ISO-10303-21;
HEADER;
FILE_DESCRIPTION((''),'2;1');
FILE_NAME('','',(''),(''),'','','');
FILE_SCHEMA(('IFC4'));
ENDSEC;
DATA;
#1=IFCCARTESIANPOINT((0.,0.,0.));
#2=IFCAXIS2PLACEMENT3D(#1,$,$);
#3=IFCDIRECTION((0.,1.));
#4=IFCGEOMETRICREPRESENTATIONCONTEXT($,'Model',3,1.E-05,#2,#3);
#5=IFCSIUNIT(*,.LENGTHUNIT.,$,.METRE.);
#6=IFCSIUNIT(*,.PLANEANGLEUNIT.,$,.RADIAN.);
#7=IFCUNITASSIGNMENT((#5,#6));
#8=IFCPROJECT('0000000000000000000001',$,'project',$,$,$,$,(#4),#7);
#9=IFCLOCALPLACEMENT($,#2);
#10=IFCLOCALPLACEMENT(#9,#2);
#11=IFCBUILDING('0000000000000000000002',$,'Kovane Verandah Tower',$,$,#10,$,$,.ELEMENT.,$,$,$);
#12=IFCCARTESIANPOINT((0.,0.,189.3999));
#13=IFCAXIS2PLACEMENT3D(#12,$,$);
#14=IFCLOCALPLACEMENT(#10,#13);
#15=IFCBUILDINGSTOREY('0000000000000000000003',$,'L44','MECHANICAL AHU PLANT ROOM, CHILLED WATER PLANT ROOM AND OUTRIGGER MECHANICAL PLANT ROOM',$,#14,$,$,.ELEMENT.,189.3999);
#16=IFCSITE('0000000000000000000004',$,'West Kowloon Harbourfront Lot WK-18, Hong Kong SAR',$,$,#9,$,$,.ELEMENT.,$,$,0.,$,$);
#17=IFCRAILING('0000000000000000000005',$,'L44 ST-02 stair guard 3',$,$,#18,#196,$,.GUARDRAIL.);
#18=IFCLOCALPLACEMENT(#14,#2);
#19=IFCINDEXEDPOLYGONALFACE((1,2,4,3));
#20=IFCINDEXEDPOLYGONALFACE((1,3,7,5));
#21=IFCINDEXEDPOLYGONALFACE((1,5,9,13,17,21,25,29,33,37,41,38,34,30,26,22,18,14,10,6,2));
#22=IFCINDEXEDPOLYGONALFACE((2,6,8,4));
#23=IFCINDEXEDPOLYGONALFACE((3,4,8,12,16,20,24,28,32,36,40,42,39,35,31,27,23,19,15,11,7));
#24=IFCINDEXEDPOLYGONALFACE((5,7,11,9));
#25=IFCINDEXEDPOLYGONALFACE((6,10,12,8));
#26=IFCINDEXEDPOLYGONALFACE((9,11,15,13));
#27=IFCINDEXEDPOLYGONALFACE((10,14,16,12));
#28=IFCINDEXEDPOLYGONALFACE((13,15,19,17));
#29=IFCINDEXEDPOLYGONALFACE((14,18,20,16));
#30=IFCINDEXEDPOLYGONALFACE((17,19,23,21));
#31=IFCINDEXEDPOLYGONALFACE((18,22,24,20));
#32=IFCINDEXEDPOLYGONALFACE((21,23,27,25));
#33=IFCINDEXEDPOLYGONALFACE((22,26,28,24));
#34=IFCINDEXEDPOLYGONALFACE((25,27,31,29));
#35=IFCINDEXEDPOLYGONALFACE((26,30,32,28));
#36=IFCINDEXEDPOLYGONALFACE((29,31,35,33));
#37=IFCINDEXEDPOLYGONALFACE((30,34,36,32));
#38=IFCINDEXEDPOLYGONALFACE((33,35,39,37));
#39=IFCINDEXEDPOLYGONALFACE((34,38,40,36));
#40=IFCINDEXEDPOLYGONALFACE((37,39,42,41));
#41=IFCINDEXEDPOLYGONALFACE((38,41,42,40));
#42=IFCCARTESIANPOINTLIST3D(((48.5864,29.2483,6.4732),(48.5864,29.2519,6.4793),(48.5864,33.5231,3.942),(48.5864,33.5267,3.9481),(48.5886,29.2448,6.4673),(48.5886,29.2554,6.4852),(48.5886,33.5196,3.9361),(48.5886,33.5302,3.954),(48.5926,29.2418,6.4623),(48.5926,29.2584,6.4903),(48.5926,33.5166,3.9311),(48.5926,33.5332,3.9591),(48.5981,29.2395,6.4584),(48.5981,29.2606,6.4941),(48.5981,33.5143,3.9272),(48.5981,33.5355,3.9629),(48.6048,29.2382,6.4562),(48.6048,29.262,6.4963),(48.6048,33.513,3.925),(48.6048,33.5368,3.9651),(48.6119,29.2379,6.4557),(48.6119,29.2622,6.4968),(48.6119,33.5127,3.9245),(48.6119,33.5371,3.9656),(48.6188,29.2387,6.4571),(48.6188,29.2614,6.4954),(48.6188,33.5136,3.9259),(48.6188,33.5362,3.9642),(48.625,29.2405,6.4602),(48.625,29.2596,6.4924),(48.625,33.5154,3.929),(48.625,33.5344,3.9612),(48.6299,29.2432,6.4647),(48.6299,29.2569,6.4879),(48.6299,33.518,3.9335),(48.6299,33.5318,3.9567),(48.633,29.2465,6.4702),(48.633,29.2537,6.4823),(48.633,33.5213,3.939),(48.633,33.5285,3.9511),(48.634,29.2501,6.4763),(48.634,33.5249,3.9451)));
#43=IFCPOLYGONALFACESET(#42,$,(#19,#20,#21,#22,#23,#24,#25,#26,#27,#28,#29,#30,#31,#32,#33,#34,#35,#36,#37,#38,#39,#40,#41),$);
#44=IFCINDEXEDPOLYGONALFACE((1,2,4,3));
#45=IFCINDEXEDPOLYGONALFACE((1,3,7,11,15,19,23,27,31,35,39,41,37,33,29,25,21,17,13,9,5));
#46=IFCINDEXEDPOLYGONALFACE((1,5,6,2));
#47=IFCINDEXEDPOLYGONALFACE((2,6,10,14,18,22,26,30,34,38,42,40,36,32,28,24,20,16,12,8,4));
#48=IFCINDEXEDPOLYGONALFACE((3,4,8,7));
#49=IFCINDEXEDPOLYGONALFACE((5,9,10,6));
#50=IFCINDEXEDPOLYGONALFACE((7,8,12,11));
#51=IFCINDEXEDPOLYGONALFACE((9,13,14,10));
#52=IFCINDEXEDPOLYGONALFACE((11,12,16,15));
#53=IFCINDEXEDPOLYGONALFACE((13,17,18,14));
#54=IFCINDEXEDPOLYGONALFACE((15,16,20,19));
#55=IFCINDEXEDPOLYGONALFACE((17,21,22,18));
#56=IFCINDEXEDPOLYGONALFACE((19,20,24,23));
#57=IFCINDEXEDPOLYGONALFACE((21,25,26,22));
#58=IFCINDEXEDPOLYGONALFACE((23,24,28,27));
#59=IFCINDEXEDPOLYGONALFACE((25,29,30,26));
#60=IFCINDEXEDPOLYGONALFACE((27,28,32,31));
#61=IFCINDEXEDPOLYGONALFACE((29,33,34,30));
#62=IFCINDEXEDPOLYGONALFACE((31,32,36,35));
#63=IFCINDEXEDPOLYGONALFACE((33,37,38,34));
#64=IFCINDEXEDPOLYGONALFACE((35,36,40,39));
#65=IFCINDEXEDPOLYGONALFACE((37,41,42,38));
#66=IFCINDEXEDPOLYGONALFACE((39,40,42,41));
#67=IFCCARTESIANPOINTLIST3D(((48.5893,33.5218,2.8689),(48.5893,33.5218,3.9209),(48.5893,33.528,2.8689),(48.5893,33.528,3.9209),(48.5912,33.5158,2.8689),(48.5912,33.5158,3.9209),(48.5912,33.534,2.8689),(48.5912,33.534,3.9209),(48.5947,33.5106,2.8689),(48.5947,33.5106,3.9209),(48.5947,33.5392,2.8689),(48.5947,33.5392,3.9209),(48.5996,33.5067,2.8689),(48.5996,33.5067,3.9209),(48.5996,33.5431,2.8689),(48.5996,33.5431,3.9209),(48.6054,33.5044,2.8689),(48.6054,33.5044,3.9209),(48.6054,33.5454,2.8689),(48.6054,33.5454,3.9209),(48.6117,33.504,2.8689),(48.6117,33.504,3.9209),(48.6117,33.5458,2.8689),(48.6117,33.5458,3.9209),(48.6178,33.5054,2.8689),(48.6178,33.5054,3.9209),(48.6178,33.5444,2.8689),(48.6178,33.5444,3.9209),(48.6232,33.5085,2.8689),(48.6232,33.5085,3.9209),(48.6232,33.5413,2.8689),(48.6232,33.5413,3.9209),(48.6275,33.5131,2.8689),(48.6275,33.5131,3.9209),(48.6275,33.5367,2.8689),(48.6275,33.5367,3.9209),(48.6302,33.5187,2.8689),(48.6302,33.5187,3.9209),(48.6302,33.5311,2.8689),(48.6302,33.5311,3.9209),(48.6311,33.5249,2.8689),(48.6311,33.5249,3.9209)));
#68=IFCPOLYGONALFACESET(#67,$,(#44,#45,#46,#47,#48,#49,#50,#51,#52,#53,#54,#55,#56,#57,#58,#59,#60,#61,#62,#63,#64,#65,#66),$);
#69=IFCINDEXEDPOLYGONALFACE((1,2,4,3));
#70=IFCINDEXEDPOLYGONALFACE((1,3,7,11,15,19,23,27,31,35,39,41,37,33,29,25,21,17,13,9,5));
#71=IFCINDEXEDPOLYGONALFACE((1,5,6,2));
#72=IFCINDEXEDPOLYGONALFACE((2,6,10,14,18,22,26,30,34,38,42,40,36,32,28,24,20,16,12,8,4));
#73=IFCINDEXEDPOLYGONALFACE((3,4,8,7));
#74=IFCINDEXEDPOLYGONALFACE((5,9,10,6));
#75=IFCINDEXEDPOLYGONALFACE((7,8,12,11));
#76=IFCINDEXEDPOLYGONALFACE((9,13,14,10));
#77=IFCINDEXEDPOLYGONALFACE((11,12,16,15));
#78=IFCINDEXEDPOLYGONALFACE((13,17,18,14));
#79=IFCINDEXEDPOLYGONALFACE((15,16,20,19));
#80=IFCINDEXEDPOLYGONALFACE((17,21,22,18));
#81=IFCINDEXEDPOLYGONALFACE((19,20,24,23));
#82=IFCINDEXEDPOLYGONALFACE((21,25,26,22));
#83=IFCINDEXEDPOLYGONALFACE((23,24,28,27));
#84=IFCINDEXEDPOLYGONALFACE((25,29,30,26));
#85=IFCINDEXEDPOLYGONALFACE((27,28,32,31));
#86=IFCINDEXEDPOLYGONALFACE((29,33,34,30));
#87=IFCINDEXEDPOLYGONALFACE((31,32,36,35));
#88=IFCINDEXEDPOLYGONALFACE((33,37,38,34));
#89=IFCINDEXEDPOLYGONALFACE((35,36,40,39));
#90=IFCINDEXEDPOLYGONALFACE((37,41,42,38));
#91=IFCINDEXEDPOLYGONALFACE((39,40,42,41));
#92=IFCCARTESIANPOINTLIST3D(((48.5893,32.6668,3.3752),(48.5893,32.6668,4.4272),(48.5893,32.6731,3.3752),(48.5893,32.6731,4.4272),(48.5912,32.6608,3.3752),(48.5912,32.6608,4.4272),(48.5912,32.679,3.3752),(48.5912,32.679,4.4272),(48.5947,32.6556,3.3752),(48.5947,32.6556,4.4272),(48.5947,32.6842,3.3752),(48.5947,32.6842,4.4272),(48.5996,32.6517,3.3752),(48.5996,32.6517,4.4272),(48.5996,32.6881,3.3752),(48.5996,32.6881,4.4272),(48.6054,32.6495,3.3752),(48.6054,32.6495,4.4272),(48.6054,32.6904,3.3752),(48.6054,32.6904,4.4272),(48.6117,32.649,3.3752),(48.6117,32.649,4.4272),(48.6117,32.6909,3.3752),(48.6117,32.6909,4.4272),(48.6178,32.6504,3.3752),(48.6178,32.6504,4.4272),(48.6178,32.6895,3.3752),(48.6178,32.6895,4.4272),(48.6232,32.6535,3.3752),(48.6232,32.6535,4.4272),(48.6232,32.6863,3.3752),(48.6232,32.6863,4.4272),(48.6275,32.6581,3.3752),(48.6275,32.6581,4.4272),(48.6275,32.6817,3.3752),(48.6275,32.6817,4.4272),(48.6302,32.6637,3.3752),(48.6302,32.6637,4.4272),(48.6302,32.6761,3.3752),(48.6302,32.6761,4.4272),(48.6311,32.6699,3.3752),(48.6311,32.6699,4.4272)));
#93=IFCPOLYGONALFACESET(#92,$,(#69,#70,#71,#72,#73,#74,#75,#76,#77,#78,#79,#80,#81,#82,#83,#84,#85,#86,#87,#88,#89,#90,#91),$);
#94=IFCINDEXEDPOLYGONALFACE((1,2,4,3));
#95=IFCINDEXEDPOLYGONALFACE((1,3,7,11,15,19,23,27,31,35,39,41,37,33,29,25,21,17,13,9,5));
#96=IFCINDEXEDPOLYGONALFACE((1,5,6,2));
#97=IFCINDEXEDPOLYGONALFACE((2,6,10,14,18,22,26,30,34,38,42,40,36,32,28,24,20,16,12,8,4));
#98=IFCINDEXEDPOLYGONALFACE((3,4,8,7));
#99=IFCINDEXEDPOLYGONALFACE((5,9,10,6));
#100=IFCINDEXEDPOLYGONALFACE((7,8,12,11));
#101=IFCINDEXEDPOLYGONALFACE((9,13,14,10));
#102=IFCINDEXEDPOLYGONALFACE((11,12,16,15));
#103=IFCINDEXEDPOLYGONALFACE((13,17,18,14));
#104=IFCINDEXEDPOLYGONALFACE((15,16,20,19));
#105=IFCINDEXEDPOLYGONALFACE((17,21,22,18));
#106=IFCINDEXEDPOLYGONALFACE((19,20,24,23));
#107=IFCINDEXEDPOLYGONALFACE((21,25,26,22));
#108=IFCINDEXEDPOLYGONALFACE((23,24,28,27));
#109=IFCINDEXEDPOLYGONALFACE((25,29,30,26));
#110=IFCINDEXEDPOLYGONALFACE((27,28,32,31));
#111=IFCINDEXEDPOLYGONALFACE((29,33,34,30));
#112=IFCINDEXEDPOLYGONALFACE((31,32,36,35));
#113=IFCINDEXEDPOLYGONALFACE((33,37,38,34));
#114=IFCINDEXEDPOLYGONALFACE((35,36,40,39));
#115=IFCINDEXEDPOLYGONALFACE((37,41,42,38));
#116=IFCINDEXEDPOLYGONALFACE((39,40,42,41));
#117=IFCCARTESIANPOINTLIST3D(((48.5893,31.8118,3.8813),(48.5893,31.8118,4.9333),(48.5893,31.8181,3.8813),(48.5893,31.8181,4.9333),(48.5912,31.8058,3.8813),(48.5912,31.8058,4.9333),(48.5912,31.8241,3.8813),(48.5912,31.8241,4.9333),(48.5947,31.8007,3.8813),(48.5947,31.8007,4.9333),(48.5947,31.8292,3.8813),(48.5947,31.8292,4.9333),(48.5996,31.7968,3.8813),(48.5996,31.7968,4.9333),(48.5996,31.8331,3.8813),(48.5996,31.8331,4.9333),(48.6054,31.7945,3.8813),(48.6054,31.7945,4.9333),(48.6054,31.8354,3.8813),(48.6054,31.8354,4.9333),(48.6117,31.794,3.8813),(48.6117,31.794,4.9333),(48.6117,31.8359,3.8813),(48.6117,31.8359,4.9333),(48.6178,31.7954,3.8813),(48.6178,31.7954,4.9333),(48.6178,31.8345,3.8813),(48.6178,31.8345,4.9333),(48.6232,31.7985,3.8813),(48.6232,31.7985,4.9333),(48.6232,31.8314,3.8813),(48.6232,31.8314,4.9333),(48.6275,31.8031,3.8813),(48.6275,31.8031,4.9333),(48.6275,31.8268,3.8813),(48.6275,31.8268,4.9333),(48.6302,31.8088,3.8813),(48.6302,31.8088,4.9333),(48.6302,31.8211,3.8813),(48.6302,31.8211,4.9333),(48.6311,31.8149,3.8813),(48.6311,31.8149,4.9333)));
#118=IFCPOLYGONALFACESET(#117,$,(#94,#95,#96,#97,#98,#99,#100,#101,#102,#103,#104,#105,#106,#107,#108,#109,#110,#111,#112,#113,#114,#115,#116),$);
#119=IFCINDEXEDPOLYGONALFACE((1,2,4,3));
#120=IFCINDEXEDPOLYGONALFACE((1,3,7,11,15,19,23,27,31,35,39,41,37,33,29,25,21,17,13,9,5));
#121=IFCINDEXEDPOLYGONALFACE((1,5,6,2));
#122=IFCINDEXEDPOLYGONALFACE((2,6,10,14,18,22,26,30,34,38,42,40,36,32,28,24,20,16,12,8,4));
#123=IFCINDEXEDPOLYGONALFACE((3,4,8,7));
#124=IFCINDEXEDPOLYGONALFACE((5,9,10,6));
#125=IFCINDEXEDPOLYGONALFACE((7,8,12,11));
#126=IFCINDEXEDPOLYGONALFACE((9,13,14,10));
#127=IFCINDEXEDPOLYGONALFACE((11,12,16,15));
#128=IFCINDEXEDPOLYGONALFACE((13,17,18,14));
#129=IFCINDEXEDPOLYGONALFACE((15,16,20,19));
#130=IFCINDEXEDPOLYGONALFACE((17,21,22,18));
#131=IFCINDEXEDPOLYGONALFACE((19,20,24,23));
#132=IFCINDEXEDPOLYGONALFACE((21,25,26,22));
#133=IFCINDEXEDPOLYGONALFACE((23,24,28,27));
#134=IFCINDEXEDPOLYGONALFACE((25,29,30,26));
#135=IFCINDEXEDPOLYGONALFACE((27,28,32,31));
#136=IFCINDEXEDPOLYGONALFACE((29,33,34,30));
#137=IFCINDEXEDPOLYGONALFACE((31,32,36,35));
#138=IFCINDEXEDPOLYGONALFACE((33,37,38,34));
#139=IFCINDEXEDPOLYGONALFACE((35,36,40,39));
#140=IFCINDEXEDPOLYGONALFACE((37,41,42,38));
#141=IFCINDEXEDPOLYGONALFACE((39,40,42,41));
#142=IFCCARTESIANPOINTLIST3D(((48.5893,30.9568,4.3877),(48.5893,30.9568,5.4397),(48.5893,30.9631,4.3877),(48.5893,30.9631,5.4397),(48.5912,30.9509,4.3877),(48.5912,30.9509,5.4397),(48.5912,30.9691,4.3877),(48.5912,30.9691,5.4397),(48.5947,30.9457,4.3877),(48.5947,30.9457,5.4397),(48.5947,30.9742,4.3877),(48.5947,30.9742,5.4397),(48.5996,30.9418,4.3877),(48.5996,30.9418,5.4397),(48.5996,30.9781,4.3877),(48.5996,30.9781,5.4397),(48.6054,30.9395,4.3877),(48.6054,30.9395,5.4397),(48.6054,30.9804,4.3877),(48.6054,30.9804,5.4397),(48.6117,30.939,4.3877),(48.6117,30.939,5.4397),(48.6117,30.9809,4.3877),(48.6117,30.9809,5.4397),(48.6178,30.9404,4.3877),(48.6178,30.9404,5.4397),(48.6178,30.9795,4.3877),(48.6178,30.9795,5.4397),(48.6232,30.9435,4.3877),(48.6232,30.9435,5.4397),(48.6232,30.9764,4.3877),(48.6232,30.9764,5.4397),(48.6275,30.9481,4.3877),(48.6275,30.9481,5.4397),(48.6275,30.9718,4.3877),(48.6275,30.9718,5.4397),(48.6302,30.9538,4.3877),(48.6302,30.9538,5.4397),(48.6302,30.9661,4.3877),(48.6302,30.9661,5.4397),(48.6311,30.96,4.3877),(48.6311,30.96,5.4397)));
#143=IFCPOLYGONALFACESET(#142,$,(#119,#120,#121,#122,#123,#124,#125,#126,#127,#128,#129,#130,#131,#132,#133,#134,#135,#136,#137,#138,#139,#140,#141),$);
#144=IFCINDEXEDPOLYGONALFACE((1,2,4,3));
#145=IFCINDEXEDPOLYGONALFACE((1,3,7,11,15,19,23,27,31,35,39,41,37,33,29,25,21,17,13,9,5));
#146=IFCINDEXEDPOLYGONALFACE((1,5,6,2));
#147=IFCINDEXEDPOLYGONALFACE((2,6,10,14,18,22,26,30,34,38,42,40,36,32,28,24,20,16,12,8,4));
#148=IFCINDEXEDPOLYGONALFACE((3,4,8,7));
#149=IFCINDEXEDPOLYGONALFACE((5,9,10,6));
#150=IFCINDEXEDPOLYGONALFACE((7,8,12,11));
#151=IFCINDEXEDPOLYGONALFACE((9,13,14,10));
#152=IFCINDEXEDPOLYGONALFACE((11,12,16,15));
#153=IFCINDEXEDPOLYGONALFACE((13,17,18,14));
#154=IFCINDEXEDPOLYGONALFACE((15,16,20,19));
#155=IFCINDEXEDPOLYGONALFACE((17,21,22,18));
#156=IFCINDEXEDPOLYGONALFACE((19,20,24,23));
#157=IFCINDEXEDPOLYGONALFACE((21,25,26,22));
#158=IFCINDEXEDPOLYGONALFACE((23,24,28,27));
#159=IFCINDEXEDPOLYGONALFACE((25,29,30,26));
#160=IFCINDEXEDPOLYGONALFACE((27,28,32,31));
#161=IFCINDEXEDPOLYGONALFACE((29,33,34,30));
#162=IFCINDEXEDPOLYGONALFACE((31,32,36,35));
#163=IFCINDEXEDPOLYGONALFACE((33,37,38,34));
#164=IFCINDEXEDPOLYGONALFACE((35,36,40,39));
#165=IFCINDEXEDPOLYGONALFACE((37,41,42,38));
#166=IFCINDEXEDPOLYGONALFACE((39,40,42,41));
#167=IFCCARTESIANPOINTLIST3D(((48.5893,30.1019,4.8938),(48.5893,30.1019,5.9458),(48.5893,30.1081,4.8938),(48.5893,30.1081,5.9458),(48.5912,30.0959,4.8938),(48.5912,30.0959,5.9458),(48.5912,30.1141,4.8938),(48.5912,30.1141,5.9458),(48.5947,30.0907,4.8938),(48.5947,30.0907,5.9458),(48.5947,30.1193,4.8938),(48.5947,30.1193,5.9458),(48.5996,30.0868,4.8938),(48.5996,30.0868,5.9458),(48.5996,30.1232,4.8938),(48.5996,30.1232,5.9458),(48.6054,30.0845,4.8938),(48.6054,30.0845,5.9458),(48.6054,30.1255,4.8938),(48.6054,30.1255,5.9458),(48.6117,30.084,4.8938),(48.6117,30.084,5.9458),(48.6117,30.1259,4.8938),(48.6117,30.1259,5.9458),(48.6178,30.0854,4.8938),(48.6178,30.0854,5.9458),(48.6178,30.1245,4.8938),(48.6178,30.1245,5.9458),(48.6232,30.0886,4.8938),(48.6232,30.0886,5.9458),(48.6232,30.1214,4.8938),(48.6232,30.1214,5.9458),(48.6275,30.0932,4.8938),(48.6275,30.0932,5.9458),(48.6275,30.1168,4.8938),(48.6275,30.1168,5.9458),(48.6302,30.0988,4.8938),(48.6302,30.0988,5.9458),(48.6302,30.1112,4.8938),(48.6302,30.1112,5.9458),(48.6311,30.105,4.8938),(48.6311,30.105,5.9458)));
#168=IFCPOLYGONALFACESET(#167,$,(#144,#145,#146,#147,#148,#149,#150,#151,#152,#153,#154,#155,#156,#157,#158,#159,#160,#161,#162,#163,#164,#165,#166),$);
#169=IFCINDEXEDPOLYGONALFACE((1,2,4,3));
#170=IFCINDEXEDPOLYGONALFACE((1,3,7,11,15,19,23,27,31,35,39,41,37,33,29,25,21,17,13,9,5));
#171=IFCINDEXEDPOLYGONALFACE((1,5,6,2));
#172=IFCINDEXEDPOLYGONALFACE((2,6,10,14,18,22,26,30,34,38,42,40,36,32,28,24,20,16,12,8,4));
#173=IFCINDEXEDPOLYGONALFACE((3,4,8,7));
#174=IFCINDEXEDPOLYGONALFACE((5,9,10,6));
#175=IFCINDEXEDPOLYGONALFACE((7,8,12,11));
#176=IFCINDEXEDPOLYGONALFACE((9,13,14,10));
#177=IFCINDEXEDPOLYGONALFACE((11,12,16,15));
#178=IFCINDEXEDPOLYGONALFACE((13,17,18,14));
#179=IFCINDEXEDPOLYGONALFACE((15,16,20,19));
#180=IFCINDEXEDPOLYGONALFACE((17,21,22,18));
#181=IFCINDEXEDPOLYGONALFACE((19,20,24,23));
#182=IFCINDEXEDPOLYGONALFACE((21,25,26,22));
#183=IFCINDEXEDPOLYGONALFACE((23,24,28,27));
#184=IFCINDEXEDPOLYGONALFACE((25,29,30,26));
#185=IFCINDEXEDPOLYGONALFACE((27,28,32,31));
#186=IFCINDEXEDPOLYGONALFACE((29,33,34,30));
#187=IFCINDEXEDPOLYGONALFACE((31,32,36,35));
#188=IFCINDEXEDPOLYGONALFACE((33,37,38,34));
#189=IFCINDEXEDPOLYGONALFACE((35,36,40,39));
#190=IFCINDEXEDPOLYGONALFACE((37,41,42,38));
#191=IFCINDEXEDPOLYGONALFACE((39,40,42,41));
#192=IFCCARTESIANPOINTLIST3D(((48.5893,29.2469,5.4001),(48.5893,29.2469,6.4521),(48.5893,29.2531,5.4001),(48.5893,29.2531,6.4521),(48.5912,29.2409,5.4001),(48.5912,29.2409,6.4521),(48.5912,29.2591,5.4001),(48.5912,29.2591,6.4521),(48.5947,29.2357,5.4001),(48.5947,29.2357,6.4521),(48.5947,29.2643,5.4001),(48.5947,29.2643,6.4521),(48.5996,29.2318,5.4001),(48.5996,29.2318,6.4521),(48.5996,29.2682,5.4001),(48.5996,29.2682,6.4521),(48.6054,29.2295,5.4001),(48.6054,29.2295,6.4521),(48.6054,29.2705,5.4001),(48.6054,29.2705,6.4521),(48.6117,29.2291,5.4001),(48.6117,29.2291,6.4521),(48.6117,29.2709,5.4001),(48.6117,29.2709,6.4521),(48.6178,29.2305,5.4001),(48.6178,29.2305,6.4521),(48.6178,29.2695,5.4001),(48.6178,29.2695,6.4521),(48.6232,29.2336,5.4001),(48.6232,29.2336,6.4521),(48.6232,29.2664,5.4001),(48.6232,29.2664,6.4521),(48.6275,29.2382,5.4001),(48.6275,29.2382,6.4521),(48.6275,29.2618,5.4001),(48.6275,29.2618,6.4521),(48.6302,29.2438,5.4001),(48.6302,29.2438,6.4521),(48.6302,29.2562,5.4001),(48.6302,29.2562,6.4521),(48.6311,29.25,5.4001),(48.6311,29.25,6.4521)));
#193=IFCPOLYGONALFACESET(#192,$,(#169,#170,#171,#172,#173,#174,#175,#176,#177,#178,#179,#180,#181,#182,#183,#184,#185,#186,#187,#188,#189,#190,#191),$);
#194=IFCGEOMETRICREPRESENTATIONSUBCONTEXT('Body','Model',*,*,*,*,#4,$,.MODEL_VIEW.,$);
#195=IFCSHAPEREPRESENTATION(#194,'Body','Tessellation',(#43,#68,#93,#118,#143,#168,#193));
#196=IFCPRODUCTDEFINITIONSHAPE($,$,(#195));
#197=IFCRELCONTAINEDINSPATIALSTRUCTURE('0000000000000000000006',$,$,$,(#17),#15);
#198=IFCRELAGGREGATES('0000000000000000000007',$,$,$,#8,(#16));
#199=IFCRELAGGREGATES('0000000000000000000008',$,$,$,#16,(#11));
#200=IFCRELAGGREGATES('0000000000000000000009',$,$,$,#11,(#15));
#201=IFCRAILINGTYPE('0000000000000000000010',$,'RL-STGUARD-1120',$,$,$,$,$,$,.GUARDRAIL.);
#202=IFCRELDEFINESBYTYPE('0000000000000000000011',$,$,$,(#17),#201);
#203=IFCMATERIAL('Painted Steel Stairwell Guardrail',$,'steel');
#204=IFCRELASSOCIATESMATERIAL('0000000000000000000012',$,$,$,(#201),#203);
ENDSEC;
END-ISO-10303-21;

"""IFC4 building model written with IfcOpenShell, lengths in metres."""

from ifc_helpers import new_model, si_unit, direction, frame, origin, origin_2d, place, context, subcontext, project, spatial, circle, extrude, material, type_object, element, save


model = new_model("IFC4")

# Units and contexts
model_context = context("Model", 3, precision=1e-05, world=origin(), true_north=direction((0.0, 1.0)))
body_context = subcontext(model_context, "Body", "Model", "MODEL_VIEW")
ifc_project = project(units=[si_unit("LENGTHUNIT", "METRE"), si_unit("PLANEANGLEUNIT", "RADIAN")], contexts=[model_context])

# Site, building, storey
site_placement = place(None, origin())
site = spatial("IfcSite", under=ifc_project, at=site_placement, Name="West Kowloon Harbourfront Lot WK-18, Hong Kong SAR", CompositionType="ELEMENT", RefElevation=0.0)
building_placement = place(site_placement, origin())
building = spatial("IfcBuilding", under=site, at=building_placement, Name="Kovane Verandah Tower", CompositionType="ELEMENT")
storey_placement = place(building_placement, frame((0.0, 0.0, 189.3999)))
storey = spatial("IfcBuildingStorey", under=building, at=storey_placement, Name="L44", Description="MECHANICAL AHU PLANT ROOM, CHILLED WATER PLANT ROOM AND OUTRIGGER MECHANICAL PLANT ROOM", CompositionType="ELEMENT", Elevation=189.3999)

# Railing
ifc_material_1 = material(Name="Painted Steel Stairwell Guardrail", Category="steel")
railing_type = type_object("IfcRailingType", Name="RL-STGUARD-1120", PredefinedType="GUARDRAIL", material=ifc_material_1)
railing_1_placement = place(storey_placement, frame((48.6101, 33.5249, 2.8689)))
element("IfcRailing", 1, at=railing_1_placement, inside=storey, type_object=railing_type, Name="L44 ST-02 stair guard 3", PredefinedType="GUARDRAIL", context=body_context, shape_type="SweptSolid", body=[
    extrude(circle(Radius=0.0239, at=origin_2d()), frame((0.0, 0.0, 1.0762), z_axis=(0.0, -0.86047, 0.509501), x_axis=(1.0, 0.0, 0.0)), (0.0, 0.0, 1.0), 4.968),
    extrude(circle(Radius=0.021, at=origin_2d()), origin(), (0.0, 0.0, 1.0), 1.052),
    extrude(circle(Radius=0.021, at=origin_2d()), frame((0.0, -0.855, 0.5063)), (0.0, 0.0, 1.0), 1.052),
    extrude(circle(Radius=0.021, at=origin_2d()), frame((0.0, -1.71, 1.0125)), (0.0, 0.0, 1.0), 1.052),
    extrude(circle(Radius=0.021, at=origin_2d()), frame((0.0, -2.5649, 1.5188)), (0.0, 0.0, 1.0), 1.052),
    extrude(circle(Radius=0.021, at=origin_2d()), frame((0.0, -3.4199, 2.0249)), (0.0, 0.0, 1.0), 1.052),
    extrude(circle(Radius=0.021, at=origin_2d()), frame((0.0, -4.2749, 2.5312)), (0.0, 0.0, 1.0), 1.052),
])

save(model, "model.ifc")
